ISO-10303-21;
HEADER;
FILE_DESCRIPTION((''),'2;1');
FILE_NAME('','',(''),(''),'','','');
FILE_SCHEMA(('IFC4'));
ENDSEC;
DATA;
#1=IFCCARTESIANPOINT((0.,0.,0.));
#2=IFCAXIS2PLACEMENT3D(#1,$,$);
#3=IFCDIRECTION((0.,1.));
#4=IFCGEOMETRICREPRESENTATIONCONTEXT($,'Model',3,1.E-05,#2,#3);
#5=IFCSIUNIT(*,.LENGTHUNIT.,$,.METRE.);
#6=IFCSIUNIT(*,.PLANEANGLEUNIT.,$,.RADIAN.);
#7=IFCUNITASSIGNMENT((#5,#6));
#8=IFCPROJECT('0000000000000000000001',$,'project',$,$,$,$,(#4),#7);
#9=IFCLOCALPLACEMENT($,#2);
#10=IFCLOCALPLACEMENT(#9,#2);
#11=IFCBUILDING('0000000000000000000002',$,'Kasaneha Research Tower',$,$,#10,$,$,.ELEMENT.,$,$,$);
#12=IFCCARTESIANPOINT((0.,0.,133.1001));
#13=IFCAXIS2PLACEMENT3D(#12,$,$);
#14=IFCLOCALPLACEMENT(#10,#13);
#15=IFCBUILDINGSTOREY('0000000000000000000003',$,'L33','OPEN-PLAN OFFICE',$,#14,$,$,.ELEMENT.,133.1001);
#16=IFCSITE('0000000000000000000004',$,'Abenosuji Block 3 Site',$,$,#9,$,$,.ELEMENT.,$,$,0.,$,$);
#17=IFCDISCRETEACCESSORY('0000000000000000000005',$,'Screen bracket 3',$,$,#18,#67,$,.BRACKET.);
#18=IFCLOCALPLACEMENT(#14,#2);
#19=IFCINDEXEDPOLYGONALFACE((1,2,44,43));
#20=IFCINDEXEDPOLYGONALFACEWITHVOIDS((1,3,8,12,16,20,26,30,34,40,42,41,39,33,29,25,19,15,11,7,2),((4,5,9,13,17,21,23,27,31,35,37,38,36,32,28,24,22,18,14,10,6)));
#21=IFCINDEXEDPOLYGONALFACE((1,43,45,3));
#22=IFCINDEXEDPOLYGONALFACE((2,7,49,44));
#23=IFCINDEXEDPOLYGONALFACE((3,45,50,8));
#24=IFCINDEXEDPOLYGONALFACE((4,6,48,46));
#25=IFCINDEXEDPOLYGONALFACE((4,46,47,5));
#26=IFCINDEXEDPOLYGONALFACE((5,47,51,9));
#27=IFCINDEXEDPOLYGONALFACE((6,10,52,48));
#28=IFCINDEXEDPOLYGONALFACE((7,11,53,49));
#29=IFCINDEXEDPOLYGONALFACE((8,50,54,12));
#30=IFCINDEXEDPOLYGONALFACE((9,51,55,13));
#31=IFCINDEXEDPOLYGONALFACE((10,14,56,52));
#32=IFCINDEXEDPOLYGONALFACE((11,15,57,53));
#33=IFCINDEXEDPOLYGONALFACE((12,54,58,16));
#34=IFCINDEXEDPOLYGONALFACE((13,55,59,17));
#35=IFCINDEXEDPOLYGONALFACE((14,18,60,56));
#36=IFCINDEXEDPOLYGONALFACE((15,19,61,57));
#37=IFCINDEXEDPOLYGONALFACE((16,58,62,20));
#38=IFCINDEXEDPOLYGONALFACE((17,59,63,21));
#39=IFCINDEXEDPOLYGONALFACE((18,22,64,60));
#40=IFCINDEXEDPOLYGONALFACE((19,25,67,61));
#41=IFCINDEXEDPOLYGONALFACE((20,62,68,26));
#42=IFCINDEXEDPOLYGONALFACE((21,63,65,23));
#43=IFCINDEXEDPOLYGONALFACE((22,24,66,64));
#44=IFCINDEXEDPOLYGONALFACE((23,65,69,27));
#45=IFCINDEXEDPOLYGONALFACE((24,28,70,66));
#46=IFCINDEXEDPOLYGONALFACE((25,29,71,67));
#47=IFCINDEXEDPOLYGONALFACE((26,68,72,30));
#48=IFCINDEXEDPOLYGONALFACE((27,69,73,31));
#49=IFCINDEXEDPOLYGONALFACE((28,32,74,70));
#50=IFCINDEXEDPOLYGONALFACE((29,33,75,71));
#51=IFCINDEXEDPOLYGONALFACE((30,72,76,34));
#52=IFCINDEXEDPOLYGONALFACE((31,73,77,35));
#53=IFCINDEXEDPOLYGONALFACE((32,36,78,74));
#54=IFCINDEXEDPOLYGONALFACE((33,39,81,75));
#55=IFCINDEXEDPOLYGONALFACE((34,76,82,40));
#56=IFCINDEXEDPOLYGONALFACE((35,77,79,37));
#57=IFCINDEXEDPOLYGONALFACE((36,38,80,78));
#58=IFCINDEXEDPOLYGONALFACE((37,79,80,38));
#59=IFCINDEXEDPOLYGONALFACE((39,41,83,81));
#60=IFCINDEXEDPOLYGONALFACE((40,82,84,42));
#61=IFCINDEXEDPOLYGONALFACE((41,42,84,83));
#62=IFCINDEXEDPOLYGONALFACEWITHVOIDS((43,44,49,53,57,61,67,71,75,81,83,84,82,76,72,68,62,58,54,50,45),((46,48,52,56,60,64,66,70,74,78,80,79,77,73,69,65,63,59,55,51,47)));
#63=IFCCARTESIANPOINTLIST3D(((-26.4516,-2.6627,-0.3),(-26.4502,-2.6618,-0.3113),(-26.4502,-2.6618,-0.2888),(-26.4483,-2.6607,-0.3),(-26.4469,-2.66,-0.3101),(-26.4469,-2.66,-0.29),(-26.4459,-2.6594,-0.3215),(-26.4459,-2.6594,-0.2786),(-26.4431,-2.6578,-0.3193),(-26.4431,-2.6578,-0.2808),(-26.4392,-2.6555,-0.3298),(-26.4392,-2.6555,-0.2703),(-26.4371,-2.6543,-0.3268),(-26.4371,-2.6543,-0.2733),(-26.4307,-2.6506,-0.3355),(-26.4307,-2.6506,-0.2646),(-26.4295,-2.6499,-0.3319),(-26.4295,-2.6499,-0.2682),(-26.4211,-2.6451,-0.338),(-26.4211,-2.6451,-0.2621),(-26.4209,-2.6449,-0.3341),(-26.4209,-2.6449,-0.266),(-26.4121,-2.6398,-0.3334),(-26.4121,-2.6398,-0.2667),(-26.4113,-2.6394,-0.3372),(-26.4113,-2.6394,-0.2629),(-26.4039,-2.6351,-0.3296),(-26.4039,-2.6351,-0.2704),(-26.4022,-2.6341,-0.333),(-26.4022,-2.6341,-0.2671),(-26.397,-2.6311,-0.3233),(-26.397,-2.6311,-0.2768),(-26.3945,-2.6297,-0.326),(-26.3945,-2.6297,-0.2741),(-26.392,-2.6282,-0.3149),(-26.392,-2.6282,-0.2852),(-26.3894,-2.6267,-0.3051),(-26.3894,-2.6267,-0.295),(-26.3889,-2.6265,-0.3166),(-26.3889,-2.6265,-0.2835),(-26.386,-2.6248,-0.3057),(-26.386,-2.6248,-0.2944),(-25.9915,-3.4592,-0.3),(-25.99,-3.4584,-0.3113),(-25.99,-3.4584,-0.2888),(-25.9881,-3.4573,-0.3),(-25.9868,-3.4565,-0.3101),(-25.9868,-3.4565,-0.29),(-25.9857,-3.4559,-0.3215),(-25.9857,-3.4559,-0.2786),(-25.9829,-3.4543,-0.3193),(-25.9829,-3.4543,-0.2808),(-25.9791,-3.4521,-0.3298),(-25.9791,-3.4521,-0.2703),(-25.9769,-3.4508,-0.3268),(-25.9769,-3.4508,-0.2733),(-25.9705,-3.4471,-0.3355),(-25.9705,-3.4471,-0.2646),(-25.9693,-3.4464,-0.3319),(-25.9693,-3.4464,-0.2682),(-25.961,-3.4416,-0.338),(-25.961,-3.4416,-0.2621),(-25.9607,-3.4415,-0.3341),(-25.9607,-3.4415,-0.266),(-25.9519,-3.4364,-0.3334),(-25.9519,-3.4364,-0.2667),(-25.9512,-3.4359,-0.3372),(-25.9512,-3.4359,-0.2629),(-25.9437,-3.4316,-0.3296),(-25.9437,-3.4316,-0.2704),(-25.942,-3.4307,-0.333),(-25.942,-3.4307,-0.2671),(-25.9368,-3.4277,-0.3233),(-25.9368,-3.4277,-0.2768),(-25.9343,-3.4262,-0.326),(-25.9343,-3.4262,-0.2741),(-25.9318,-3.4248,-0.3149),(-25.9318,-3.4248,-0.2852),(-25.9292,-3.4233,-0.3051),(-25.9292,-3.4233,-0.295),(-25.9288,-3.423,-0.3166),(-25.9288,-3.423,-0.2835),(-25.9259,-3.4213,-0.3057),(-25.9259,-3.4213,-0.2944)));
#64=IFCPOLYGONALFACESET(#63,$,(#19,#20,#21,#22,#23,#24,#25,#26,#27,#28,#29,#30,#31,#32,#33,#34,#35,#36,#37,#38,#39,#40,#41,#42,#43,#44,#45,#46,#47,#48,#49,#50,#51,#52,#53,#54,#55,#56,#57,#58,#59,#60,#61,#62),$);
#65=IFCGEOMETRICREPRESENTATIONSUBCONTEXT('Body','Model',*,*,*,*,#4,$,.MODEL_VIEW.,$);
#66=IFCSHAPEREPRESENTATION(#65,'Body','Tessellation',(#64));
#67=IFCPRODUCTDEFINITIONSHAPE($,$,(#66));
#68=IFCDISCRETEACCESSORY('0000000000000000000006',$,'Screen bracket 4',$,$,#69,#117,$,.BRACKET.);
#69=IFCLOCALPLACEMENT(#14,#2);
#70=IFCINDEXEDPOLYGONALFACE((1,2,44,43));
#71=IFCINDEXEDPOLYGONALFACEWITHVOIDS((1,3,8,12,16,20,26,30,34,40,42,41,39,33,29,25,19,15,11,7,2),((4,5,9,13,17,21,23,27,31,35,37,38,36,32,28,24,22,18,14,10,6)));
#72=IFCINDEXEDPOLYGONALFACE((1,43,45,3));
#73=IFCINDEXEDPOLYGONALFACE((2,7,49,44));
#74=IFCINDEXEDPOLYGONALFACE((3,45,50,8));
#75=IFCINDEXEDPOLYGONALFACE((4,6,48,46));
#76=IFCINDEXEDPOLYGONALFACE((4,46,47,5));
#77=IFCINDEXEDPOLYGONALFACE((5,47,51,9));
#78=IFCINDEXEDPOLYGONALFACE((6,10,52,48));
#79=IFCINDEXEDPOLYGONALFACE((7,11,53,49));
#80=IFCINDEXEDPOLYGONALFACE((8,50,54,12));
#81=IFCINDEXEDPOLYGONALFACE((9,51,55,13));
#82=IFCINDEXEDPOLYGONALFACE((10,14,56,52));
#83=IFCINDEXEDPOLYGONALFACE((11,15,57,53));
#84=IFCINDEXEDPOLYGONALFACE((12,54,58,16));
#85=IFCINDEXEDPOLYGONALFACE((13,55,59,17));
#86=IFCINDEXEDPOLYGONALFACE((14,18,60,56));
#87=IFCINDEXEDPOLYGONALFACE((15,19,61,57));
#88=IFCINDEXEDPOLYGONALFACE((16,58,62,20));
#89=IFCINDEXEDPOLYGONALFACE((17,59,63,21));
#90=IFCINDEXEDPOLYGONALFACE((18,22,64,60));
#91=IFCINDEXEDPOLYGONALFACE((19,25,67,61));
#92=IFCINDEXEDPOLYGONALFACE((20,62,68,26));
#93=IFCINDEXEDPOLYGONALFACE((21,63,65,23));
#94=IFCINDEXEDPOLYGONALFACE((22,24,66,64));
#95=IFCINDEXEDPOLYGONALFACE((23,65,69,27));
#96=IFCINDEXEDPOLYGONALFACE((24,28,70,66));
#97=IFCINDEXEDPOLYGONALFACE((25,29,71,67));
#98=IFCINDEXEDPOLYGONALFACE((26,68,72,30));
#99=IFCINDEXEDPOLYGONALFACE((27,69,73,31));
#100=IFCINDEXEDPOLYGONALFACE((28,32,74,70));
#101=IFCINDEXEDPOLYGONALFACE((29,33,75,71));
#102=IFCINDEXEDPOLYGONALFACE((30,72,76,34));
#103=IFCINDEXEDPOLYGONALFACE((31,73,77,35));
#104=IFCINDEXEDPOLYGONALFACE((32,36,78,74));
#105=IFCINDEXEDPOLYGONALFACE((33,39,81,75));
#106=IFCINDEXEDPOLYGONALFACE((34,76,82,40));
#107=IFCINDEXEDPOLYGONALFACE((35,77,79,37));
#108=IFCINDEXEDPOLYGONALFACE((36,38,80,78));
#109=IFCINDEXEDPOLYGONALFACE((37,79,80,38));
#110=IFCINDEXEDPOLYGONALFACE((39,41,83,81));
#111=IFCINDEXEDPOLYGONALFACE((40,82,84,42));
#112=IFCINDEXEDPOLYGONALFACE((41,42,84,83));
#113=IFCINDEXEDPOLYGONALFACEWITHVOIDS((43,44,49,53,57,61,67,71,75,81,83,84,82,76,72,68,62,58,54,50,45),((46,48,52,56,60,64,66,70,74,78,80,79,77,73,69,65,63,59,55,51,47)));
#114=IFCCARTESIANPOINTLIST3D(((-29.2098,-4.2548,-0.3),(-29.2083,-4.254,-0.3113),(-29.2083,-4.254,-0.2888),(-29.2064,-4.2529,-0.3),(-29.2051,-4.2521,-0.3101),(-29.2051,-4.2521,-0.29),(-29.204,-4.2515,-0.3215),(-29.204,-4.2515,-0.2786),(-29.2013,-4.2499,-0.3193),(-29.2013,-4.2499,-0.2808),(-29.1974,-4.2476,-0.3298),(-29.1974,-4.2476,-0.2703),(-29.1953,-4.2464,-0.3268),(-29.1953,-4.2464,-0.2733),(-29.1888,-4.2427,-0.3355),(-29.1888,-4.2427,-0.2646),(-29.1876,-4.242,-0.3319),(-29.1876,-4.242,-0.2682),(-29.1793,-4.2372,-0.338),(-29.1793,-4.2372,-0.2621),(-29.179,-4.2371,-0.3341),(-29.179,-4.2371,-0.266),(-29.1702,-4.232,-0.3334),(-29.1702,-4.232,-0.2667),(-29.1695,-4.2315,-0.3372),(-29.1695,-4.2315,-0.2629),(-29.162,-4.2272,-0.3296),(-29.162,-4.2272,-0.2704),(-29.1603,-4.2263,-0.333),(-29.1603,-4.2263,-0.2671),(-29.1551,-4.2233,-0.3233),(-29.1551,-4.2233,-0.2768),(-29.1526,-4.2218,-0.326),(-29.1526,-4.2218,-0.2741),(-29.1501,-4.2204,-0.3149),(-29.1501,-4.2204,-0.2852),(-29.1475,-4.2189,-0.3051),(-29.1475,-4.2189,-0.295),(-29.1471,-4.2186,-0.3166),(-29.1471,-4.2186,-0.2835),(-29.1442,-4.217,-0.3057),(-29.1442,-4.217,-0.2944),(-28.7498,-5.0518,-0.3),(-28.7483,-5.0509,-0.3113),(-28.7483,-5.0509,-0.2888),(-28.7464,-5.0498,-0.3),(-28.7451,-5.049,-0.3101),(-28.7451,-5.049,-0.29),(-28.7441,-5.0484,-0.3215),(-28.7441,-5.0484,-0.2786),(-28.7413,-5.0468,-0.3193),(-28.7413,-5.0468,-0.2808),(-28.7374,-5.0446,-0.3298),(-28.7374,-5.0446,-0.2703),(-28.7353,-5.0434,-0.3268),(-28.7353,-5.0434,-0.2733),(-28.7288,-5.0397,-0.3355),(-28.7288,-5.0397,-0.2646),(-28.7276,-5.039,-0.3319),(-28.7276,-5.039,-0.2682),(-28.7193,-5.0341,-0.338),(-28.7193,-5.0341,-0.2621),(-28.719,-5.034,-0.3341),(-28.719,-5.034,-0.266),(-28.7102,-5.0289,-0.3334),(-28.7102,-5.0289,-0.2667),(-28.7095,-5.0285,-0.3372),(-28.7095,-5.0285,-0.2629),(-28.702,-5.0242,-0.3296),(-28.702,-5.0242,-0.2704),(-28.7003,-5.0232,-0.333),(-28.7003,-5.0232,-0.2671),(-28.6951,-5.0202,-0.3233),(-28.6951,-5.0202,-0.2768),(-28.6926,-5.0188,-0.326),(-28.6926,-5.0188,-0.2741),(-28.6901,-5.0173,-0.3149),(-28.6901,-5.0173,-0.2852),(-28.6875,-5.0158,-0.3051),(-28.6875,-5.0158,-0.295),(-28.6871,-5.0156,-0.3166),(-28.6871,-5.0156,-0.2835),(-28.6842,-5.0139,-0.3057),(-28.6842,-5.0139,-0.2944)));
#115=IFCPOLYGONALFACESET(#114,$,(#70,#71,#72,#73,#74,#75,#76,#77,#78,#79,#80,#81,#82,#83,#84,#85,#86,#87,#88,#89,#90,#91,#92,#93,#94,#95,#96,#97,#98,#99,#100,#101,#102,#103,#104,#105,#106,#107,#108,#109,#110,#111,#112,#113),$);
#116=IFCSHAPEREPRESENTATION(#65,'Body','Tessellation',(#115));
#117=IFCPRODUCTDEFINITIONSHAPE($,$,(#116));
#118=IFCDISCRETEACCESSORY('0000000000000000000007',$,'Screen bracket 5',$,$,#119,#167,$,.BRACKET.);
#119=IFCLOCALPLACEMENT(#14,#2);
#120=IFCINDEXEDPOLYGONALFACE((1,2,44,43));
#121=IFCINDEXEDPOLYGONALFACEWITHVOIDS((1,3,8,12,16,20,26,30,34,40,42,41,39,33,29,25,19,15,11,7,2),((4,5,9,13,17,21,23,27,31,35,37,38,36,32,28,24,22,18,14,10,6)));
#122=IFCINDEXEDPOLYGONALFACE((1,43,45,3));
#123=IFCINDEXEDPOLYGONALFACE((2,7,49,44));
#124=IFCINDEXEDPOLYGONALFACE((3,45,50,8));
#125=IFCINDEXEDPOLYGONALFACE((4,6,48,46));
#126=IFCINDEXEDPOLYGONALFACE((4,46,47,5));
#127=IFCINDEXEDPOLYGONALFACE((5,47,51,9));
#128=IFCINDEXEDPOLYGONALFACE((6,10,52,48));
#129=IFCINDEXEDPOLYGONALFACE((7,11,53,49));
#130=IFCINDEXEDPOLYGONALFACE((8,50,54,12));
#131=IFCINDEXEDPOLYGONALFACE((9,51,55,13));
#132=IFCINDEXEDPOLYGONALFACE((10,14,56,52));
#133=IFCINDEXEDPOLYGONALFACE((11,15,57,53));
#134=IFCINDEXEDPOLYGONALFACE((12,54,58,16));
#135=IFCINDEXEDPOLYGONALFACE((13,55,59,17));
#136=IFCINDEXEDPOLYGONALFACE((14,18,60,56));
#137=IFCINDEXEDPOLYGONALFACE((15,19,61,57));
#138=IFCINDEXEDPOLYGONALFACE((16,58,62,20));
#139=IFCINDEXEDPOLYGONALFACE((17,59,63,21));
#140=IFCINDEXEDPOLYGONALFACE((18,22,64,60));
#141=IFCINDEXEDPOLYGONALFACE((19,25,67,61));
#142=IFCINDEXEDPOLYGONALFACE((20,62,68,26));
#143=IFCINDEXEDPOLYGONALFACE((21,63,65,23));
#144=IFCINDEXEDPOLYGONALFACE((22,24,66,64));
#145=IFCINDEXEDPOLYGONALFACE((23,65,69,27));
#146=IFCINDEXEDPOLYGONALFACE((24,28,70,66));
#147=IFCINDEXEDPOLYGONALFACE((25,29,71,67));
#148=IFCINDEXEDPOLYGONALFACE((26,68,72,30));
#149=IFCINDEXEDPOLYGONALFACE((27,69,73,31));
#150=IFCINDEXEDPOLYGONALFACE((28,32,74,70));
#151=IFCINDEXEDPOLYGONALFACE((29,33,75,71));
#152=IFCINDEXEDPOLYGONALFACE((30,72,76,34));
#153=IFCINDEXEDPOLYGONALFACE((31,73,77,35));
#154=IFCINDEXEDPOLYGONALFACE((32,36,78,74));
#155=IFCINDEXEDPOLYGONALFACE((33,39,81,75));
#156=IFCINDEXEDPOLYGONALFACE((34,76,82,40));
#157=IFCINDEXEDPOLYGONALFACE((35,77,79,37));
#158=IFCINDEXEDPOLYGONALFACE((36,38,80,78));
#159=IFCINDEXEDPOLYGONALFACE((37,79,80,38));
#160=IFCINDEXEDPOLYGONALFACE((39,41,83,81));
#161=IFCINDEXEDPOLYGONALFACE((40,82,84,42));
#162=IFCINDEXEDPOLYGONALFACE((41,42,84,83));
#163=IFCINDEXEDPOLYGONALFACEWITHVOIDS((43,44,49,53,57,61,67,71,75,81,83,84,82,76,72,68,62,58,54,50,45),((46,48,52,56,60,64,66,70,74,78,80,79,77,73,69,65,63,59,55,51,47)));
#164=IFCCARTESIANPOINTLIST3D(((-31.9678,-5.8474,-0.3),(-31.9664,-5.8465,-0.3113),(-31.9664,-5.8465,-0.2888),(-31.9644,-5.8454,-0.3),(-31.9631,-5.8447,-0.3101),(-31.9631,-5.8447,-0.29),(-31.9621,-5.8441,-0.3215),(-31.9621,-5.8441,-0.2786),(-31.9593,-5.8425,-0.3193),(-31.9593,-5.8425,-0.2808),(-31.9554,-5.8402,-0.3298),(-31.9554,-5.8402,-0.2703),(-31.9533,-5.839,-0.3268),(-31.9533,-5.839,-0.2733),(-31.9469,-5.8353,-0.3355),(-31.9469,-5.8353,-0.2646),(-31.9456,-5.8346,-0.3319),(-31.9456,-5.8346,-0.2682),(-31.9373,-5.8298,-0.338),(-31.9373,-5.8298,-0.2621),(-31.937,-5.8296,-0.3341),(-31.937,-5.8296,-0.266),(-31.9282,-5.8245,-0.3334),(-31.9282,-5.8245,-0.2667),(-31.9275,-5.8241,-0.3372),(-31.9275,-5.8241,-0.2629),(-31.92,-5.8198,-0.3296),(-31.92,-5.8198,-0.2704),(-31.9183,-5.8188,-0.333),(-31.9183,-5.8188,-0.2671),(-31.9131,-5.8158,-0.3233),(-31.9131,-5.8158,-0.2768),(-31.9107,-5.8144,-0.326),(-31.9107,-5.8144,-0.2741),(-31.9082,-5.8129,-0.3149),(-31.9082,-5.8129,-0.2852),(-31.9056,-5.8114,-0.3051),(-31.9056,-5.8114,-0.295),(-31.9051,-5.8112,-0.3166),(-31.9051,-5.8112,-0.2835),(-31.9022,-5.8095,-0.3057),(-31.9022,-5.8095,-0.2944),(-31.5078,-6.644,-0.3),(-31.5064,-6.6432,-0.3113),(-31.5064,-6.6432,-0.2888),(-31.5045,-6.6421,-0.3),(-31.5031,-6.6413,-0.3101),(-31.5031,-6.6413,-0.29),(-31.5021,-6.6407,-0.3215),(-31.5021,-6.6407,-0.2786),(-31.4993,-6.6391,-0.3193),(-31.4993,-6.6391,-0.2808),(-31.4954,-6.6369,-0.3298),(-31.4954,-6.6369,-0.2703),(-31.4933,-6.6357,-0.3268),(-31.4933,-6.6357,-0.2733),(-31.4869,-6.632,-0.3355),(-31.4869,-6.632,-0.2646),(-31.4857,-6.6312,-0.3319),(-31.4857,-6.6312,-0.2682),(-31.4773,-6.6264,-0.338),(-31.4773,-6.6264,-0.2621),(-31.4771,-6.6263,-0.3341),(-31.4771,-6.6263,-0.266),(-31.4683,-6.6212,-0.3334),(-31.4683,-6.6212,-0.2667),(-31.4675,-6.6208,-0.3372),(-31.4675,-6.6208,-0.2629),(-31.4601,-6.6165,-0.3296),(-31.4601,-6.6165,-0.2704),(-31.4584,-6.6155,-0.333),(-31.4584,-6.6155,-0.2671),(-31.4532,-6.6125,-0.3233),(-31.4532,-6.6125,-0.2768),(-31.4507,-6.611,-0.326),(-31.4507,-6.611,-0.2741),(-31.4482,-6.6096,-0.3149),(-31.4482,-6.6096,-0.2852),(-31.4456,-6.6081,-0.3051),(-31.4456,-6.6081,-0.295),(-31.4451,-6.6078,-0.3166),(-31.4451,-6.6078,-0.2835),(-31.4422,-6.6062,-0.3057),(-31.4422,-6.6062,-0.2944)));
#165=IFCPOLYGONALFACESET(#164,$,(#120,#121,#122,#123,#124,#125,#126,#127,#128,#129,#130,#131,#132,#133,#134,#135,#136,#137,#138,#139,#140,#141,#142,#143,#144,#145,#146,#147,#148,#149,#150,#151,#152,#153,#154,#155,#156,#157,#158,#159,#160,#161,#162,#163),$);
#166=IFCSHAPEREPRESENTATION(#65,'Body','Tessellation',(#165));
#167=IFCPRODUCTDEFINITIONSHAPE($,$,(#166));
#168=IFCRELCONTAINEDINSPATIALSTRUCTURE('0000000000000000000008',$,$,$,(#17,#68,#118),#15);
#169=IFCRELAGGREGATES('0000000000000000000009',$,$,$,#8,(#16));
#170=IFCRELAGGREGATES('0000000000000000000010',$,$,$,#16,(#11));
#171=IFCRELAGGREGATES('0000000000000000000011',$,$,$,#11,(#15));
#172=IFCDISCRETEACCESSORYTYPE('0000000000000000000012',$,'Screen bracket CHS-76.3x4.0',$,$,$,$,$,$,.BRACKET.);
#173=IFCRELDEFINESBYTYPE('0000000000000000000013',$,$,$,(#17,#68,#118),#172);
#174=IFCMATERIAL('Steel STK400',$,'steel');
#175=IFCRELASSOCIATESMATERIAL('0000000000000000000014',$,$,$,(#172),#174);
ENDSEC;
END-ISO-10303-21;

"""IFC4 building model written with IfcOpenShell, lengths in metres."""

from ifc_helpers import new_model, si_unit, direction, frame, origin, origin_2d, place, context, subcontext, project, spatial, hollow_circle, extrude, material, material_profile, profile_set, type_object, element, save


model = new_model("IFC4")

# Units and contexts
model_context = context("Model", 3, precision=1e-05, world=origin(), true_north=direction((0.0, 1.0)))
body_context = subcontext(model_context, "Body", "Model", "MODEL_VIEW")
ifc_project = project(units=[si_unit("LENGTHUNIT", "METRE"), si_unit("PLANEANGLEUNIT", "RADIAN")], contexts=[model_context])

# Site, building, storey
site_placement = place(None, origin())
site = spatial("IfcSite", under=ifc_project, at=site_placement, Name="Abenosuji Block 3 Site", CompositionType="ELEMENT", RefElevation=0.0)
building_placement = place(site_placement, origin())
building = spatial("IfcBuilding", under=site, at=building_placement, Name="Kasaneha Research Tower", CompositionType="ELEMENT")
storey_placement = place(building_placement, frame((0.0, 0.0, 133.1001)))
storey = spatial("IfcBuildingStorey", under=building, at=storey_placement, Name="L33", Description="OPEN-PLAN OFFICE", CompositionType="ELEMENT", Elevation=133.1001)

# Discrete accessories
ifc_material_1 = material(Name="Steel STK400", Category="steel")
ifc_material_profile_1 = material_profile(ifc_material_1, hollow_circle(Radius=0.0381, WallThickness=0.0039, at=origin_2d()), Name="CHS-76.3x4.0")
ifc_profile_set_1 = profile_set([ifc_material_profile_1], Name="Steel STK400")
discrete_accessory_type = type_object("IfcDiscreteAccessoryType", Name="Screen bracket CHS-76.3x4.0", PredefinedType="BRACKET", material=ifc_profile_set_1)
discrete_accessory_1_placement = place(storey_placement, frame((-25.9585, -3.4402, -0.3), z_axis=(-0.50022, 0.865898, 0.0), x_axis=(-0.865898, -0.50022, 0.0)))
element("IfcDiscreteAccessory", 1, at=discrete_accessory_1_placement, inside=storey, type_object=discrete_accessory_type, Name="Screen bracket 3", PredefinedType="BRACKET", context=body_context, shape_type="SweptSolid", body=[
    extrude(hollow_circle(Radius=0.0381, WallThickness=0.0039, at=origin_2d()), origin(), (0.0, 0.0, 1.0), 0.9199),
])
discrete_accessory_2_placement = place(storey_placement, frame((-28.7168, -5.0327, -0.3), z_axis=(-0.499906, 0.86608, 0.0), x_axis=(-0.86608, -0.499906, 0.0)))
element("IfcDiscreteAccessory", 2, at=discrete_accessory_2_placement, inside=storey, type_object=discrete_accessory_type, Name="Screen bracket 4", PredefinedType="BRACKET", context=body_context, shape_type="SweptSolid", body=[
    extrude(hollow_circle(Radius=0.0381, WallThickness=0.0039, at=origin_2d()), origin(), (0.0, 0.0, 1.0), 0.9202),
])
discrete_accessory_3_placement = place(storey_placement, frame((-31.4749, -6.625, -0.3), z_axis=(-0.500021, 0.866013, 0.0), x_axis=(-0.866013, -0.500021, 0.0)))
element("IfcDiscreteAccessory", 3, at=discrete_accessory_3_placement, inside=storey, type_object=discrete_accessory_type, Name="Screen bracket 5", PredefinedType="BRACKET", context=body_context, shape_type="SweptSolid", body=[
    extrude(hollow_circle(Radius=0.0381, WallThickness=0.0039, at=origin_2d()), origin(), (0.0, 0.0, 1.0), 0.9199),
])

save(model, "model.ifc")
